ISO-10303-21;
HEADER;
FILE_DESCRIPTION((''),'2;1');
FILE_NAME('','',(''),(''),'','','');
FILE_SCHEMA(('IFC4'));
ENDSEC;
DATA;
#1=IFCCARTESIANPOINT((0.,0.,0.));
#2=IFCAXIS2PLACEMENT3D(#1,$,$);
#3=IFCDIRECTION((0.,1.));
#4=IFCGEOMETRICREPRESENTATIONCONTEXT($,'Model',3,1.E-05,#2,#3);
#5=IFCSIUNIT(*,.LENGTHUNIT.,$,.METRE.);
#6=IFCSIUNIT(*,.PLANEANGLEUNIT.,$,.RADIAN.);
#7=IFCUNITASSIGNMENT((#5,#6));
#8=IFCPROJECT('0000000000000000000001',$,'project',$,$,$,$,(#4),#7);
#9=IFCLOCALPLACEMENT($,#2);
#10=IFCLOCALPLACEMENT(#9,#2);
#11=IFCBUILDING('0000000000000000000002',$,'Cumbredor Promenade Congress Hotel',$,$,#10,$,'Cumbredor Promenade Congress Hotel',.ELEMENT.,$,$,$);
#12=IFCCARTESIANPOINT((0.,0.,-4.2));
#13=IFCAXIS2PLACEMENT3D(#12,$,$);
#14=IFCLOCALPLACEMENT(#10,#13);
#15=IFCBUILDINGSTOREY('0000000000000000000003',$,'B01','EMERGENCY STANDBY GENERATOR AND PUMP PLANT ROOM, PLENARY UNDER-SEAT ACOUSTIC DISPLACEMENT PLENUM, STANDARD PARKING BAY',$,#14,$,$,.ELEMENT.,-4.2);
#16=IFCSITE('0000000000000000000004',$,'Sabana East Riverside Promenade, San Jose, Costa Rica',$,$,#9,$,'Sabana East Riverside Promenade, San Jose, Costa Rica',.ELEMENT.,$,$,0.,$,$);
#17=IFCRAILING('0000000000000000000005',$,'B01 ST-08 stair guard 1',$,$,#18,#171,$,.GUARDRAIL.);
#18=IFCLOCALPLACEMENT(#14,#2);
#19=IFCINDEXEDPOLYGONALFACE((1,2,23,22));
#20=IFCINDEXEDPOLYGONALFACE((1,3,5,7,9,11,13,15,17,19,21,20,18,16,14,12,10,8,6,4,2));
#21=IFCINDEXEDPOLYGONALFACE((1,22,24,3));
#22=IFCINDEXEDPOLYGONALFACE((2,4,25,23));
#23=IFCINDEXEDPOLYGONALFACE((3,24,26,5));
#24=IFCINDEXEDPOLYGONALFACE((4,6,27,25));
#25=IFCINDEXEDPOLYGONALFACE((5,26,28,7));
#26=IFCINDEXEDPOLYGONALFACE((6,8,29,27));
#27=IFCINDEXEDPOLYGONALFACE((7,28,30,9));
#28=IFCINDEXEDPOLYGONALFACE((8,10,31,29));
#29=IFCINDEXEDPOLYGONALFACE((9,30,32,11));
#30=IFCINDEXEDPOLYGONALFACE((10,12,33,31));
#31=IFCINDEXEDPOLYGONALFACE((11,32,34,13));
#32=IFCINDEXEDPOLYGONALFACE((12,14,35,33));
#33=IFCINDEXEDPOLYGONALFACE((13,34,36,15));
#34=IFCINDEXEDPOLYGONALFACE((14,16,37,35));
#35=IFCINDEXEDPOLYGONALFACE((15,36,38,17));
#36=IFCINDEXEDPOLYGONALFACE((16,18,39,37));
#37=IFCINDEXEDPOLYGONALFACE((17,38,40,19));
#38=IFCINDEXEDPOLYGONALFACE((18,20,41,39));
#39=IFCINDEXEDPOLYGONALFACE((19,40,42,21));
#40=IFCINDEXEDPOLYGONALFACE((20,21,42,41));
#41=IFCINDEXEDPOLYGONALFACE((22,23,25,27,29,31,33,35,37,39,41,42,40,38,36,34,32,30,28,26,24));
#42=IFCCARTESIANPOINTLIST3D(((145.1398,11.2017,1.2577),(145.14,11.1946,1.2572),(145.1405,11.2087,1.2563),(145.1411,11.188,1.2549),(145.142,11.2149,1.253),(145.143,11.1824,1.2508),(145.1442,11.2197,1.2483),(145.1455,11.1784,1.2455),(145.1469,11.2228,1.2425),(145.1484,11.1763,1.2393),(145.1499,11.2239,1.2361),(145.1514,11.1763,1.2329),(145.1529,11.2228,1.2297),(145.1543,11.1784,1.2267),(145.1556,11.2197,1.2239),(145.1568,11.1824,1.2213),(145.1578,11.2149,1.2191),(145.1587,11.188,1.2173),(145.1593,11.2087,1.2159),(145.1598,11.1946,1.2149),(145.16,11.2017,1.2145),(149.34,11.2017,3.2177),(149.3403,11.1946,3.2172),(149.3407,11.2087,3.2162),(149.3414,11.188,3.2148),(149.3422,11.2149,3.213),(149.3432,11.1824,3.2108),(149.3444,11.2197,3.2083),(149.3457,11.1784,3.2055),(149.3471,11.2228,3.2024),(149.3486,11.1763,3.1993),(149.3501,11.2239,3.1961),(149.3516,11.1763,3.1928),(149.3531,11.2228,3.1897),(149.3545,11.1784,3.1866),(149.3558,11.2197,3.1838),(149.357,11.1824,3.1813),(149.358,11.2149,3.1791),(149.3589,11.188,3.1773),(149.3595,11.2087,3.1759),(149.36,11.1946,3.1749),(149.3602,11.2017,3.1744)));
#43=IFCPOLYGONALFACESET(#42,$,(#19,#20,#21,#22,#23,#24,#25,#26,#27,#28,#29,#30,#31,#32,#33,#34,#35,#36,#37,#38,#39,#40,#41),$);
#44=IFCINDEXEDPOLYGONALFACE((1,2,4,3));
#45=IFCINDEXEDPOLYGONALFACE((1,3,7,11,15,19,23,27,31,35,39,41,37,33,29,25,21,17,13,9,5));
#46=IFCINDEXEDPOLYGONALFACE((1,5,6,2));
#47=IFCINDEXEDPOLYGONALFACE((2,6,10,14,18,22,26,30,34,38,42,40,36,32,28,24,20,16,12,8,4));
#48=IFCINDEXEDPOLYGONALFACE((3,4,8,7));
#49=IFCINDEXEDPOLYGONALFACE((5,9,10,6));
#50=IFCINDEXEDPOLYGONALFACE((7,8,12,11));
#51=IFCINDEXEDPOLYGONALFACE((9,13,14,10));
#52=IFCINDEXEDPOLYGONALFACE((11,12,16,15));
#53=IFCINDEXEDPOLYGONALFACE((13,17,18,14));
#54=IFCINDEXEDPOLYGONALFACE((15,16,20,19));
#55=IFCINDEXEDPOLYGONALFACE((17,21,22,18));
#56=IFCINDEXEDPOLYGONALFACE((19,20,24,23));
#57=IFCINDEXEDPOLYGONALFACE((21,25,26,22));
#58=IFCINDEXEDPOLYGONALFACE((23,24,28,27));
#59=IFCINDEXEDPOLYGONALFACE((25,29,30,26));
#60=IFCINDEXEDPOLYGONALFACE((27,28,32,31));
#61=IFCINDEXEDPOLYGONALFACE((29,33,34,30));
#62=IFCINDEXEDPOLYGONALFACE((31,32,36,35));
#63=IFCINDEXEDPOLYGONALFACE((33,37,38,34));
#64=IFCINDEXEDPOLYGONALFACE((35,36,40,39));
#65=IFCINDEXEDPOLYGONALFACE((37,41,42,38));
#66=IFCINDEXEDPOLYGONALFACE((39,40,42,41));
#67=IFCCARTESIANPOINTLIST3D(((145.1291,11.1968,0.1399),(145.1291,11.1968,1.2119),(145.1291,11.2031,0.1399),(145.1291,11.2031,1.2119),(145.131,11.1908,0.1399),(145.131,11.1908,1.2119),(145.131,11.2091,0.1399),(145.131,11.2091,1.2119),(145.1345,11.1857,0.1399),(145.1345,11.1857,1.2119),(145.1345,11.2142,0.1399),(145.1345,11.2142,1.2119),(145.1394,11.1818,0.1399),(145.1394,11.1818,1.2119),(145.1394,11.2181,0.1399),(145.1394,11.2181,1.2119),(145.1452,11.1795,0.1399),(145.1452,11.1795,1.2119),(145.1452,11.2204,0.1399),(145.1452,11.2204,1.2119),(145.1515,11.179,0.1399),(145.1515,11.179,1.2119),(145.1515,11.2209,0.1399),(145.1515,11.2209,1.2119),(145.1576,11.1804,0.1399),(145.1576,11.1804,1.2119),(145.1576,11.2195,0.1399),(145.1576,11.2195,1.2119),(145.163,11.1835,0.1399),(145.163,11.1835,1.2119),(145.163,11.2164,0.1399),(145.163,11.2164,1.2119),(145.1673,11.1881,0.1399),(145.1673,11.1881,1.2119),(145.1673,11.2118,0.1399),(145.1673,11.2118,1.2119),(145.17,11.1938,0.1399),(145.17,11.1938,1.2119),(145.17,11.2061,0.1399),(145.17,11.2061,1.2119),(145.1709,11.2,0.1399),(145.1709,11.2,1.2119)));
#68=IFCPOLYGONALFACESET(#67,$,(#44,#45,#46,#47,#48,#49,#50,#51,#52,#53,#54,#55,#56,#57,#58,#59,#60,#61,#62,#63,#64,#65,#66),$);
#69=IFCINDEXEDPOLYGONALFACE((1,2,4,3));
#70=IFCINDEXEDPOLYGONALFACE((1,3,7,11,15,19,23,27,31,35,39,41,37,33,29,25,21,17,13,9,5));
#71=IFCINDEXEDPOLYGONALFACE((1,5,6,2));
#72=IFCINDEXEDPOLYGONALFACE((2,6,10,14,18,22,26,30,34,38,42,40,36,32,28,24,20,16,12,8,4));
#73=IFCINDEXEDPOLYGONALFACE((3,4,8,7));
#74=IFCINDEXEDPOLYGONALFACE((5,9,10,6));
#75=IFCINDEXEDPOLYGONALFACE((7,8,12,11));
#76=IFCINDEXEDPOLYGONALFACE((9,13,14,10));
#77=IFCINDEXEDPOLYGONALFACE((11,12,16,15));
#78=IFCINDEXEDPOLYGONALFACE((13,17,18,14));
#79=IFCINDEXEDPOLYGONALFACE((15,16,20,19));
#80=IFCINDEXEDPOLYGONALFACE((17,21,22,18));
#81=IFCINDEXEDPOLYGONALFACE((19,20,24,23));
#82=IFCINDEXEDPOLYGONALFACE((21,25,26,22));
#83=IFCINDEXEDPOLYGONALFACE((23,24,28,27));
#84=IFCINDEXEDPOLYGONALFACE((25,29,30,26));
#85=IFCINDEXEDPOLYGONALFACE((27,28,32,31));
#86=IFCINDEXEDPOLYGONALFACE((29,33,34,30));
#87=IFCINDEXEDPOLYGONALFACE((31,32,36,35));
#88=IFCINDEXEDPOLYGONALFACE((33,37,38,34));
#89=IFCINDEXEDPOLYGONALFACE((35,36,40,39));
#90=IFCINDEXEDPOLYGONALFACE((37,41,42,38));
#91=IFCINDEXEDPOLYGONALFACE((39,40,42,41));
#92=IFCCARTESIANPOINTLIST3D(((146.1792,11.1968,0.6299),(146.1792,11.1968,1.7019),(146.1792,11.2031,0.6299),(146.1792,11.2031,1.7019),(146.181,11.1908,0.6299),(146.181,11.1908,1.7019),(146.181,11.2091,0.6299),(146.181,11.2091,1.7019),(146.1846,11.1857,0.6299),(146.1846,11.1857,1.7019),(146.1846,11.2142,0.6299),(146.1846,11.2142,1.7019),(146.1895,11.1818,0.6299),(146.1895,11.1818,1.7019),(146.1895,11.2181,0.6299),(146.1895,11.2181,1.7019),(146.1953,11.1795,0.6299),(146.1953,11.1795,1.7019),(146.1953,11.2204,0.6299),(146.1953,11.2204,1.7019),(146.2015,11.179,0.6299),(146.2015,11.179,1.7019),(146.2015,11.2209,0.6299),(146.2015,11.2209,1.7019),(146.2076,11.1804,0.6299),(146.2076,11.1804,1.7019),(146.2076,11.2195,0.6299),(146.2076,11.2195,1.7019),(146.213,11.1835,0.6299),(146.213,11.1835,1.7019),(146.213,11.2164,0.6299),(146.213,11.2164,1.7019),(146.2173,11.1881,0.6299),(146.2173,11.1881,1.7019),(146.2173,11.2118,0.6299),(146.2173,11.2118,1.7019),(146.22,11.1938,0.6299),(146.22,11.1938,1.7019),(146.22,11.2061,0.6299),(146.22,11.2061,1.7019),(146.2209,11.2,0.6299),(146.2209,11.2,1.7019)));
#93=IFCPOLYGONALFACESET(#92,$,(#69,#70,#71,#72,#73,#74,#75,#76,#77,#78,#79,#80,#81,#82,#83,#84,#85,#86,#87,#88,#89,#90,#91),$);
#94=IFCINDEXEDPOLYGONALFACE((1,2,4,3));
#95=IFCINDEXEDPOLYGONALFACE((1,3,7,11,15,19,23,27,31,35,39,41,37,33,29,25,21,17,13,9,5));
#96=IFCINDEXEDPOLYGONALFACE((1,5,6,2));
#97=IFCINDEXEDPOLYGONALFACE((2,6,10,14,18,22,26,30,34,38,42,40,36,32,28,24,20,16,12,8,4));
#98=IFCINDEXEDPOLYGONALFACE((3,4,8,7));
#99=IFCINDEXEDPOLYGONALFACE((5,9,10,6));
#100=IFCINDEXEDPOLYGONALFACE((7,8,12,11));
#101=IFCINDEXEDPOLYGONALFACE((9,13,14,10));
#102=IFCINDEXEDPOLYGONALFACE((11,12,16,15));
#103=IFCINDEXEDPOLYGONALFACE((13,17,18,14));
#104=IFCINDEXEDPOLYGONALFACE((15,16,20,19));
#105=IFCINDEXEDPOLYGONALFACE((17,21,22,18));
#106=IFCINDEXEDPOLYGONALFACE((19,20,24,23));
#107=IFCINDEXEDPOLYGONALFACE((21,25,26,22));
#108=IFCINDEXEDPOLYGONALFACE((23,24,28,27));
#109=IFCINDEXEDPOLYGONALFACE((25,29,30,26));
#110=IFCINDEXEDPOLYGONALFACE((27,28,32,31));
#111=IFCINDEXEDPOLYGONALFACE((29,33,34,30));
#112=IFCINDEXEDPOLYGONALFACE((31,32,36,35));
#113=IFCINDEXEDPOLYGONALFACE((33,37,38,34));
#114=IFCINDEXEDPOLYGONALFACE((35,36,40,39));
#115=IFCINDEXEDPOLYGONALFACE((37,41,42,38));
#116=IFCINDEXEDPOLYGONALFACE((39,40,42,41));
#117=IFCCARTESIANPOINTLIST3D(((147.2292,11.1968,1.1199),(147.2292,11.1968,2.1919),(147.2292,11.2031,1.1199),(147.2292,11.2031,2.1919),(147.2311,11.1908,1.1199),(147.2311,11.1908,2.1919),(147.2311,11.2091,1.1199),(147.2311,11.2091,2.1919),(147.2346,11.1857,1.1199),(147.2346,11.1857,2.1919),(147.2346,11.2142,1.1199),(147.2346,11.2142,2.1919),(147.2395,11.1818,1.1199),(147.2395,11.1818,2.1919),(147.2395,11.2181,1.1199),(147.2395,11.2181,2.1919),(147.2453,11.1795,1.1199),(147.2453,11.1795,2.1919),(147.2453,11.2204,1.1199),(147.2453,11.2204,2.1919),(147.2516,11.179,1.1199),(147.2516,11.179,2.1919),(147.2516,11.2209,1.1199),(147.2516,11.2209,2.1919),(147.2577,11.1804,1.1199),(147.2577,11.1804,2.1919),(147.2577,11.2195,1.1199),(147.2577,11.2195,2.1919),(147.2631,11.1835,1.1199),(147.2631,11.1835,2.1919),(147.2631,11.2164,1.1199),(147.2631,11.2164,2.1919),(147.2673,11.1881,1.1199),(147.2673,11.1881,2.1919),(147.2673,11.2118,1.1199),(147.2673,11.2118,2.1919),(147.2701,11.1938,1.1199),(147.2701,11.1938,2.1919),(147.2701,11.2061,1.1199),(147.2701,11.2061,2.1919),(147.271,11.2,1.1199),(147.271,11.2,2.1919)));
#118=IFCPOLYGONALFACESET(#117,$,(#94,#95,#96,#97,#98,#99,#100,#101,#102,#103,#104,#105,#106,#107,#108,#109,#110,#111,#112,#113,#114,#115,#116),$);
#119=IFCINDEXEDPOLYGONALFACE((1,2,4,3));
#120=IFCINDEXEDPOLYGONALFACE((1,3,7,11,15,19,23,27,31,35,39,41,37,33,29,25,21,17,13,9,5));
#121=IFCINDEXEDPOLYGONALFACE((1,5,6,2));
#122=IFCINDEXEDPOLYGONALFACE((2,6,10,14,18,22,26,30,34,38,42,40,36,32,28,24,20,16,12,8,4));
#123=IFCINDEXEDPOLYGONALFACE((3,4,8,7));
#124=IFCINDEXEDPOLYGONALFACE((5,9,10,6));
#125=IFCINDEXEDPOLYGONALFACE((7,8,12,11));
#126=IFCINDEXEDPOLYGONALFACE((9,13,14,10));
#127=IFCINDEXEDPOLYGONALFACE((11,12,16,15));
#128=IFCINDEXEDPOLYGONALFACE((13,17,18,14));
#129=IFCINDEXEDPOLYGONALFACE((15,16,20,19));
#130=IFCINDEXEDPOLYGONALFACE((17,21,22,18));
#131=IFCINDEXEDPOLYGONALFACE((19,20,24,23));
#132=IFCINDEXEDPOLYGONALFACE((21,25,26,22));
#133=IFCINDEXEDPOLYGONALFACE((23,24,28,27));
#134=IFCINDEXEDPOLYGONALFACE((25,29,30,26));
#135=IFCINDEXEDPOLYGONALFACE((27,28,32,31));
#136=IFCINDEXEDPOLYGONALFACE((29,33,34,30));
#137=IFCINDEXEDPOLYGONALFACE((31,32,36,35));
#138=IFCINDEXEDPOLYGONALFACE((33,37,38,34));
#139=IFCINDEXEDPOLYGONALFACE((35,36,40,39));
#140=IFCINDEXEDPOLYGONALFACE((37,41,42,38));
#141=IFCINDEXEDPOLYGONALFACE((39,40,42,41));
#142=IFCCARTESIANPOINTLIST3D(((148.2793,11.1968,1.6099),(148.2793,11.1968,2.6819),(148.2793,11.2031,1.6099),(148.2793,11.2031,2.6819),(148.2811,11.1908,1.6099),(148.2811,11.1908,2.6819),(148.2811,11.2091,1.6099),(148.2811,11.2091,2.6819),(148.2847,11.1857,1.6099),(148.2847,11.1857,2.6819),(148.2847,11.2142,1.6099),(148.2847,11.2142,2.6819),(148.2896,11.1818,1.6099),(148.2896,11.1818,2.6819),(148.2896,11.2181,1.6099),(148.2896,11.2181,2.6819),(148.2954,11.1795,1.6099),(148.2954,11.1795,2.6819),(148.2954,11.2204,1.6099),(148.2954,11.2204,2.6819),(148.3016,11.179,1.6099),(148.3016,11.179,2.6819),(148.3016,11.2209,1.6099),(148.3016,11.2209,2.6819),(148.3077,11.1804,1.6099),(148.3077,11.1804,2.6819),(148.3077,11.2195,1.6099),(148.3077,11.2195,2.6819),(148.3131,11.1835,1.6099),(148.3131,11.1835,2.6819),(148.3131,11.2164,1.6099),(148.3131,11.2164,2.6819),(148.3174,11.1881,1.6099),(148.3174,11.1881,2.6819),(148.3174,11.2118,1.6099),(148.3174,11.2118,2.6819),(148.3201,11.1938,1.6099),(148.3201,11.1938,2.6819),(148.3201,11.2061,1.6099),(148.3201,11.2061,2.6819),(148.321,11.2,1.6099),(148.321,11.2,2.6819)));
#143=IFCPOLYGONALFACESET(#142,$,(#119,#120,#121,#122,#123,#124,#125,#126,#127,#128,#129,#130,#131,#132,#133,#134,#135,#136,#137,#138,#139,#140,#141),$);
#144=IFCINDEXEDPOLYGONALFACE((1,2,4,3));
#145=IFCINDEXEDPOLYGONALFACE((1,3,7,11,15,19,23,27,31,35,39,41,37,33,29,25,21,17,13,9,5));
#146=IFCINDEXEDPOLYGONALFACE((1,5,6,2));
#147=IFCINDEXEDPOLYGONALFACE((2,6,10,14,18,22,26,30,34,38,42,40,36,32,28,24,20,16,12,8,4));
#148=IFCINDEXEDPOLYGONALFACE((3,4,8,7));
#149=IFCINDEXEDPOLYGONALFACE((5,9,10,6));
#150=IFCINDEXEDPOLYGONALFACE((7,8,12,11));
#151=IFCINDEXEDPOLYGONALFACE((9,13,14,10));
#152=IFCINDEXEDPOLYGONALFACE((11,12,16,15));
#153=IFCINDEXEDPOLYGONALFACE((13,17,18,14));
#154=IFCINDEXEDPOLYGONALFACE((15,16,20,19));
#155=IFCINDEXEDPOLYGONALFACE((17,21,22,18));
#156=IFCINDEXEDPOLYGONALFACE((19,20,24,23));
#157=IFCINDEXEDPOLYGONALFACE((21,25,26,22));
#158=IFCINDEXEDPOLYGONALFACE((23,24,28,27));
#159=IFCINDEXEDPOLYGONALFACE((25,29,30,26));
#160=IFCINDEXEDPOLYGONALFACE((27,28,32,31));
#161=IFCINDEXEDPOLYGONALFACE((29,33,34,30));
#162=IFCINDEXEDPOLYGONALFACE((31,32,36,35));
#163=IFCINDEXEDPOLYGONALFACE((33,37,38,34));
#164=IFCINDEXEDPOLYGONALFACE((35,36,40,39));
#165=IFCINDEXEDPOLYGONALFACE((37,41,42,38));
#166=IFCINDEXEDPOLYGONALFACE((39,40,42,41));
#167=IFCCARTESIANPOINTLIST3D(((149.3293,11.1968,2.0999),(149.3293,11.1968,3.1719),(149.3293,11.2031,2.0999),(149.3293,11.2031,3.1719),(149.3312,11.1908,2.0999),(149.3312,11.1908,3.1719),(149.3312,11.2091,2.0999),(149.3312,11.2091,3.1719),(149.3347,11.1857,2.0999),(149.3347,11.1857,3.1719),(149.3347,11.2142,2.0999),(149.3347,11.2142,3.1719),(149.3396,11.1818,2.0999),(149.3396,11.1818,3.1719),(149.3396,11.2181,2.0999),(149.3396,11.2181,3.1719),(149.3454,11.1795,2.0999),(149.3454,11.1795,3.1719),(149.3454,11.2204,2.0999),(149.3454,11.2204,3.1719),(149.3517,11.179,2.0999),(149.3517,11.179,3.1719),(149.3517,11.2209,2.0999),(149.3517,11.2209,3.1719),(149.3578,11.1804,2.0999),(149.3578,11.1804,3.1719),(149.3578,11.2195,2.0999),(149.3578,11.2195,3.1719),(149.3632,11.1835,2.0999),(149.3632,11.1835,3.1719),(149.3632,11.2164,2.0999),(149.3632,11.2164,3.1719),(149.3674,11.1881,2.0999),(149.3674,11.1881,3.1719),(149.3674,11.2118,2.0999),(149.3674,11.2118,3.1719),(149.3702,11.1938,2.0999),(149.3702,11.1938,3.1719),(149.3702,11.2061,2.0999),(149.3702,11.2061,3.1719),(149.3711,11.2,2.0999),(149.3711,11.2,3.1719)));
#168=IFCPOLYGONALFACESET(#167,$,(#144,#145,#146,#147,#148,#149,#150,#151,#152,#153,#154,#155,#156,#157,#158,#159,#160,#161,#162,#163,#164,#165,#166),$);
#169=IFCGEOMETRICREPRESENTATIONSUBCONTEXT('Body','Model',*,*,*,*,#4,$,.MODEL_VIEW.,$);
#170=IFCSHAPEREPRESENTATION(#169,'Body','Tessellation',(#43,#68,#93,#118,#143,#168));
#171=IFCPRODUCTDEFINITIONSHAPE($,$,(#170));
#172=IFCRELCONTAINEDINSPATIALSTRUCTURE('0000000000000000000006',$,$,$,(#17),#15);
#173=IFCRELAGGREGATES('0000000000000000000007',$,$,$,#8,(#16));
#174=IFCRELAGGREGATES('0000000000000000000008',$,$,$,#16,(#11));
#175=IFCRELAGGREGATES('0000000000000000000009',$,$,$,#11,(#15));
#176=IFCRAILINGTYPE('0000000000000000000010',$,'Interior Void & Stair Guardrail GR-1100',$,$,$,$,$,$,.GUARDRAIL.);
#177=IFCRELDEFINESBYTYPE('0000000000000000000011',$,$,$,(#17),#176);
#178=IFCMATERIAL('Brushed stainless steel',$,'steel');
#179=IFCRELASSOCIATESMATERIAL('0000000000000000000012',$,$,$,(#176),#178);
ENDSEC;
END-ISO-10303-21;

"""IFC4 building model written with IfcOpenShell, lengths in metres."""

from ifc_helpers import new_model, si_unit, direction, frame, origin, origin_2d, place, context, subcontext, project, spatial, circle, extrude, material, type_object, element, save


model = new_model("IFC4")

# Units and contexts
model_context = context("Model", 3, precision=1e-05, world=origin(), true_north=direction((0.0, 1.0)))
body_context = subcontext(model_context, "Body", "Model", "MODEL_VIEW")
ifc_project = project(units=[si_unit("LENGTHUNIT", "METRE"), si_unit("PLANEANGLEUNIT", "RADIAN")], contexts=[model_context])

# Site, building, storey
site_placement = place(None, origin())
site = spatial("IfcSite", under=ifc_project, at=site_placement, Name="Sabana East Riverside Promenade, San Jose, Costa Rica", LongName="Sabana East Riverside Promenade, San Jose, Costa Rica", CompositionType="ELEMENT", RefElevation=0.0)
building_placement = place(site_placement, origin())
building = spatial("IfcBuilding", under=site, at=building_placement, Name="Cumbredor Promenade Congress Hotel", LongName="Cumbredor Promenade Congress Hotel", CompositionType="ELEMENT")
storey_placement = place(building_placement, frame((0.0, 0.0, -4.2)))
storey = spatial("IfcBuildingStorey", under=building, at=storey_placement, Name="B01", Description="EMERGENCY STANDBY GENERATOR AND PUMP PLANT ROOM, PLENARY UNDER-SEAT ACOUSTIC DISPLACEMENT PLENUM, STANDARD PARKING BAY", CompositionType="ELEMENT", Elevation=-4.2)

# Shared definitions
ifc_material_1 = material(Name="Brushed stainless steel", Category="steel")

# Railing
railing_type_1 = type_object("IfcRailingType", Name="Interior Void & Stair Guardrail GR-1100", PredefinedType="GUARDRAIL", material=ifc_material_1)
railing_1_placement = place(storey_placement, frame((145.1499, 11.2, 0.1399)))
element("IfcRailing", 1, at=railing_1_placement, inside=storey, type_object=railing_type_1, Name="B01 ST-08 stair guard 1", PredefinedType="GUARDRAIL", context=body_context, shape_type="SweptSolid", body=[
    extrude(circle(Radius=0.0239, at=origin_2d()), frame((0.0, 0.0, 1.0962), z_axis=(0.906194, 0.0, 0.422862), x_axis=(0.0, 1.0, 0.0)), (0.0, 0.0, 1.0), 4.635),
    extrude(circle(Radius=0.021, at=origin_2d()), origin(), (0.0, 0.0, 1.0), 1.072),
    extrude(circle(Radius=0.021, at=origin_2d()), frame((1.05, 0.0, 0.49)), (0.0, 0.0, 1.0), 1.072),
    extrude(circle(Radius=0.021, at=origin_2d()), frame((2.1001, 0.0, 0.98)), (0.0, 0.0, 1.0), 1.072),
    extrude(circle(Radius=0.021, at=origin_2d()), frame((3.1501, 0.0, 1.47)), (0.0, 0.0, 1.0), 1.072),
    extrude(circle(Radius=0.021, at=origin_2d()), frame((4.2002, 0.0, 1.96)), (0.0, 0.0, 1.0), 1.072),
])

save(model, "model.ifc")
